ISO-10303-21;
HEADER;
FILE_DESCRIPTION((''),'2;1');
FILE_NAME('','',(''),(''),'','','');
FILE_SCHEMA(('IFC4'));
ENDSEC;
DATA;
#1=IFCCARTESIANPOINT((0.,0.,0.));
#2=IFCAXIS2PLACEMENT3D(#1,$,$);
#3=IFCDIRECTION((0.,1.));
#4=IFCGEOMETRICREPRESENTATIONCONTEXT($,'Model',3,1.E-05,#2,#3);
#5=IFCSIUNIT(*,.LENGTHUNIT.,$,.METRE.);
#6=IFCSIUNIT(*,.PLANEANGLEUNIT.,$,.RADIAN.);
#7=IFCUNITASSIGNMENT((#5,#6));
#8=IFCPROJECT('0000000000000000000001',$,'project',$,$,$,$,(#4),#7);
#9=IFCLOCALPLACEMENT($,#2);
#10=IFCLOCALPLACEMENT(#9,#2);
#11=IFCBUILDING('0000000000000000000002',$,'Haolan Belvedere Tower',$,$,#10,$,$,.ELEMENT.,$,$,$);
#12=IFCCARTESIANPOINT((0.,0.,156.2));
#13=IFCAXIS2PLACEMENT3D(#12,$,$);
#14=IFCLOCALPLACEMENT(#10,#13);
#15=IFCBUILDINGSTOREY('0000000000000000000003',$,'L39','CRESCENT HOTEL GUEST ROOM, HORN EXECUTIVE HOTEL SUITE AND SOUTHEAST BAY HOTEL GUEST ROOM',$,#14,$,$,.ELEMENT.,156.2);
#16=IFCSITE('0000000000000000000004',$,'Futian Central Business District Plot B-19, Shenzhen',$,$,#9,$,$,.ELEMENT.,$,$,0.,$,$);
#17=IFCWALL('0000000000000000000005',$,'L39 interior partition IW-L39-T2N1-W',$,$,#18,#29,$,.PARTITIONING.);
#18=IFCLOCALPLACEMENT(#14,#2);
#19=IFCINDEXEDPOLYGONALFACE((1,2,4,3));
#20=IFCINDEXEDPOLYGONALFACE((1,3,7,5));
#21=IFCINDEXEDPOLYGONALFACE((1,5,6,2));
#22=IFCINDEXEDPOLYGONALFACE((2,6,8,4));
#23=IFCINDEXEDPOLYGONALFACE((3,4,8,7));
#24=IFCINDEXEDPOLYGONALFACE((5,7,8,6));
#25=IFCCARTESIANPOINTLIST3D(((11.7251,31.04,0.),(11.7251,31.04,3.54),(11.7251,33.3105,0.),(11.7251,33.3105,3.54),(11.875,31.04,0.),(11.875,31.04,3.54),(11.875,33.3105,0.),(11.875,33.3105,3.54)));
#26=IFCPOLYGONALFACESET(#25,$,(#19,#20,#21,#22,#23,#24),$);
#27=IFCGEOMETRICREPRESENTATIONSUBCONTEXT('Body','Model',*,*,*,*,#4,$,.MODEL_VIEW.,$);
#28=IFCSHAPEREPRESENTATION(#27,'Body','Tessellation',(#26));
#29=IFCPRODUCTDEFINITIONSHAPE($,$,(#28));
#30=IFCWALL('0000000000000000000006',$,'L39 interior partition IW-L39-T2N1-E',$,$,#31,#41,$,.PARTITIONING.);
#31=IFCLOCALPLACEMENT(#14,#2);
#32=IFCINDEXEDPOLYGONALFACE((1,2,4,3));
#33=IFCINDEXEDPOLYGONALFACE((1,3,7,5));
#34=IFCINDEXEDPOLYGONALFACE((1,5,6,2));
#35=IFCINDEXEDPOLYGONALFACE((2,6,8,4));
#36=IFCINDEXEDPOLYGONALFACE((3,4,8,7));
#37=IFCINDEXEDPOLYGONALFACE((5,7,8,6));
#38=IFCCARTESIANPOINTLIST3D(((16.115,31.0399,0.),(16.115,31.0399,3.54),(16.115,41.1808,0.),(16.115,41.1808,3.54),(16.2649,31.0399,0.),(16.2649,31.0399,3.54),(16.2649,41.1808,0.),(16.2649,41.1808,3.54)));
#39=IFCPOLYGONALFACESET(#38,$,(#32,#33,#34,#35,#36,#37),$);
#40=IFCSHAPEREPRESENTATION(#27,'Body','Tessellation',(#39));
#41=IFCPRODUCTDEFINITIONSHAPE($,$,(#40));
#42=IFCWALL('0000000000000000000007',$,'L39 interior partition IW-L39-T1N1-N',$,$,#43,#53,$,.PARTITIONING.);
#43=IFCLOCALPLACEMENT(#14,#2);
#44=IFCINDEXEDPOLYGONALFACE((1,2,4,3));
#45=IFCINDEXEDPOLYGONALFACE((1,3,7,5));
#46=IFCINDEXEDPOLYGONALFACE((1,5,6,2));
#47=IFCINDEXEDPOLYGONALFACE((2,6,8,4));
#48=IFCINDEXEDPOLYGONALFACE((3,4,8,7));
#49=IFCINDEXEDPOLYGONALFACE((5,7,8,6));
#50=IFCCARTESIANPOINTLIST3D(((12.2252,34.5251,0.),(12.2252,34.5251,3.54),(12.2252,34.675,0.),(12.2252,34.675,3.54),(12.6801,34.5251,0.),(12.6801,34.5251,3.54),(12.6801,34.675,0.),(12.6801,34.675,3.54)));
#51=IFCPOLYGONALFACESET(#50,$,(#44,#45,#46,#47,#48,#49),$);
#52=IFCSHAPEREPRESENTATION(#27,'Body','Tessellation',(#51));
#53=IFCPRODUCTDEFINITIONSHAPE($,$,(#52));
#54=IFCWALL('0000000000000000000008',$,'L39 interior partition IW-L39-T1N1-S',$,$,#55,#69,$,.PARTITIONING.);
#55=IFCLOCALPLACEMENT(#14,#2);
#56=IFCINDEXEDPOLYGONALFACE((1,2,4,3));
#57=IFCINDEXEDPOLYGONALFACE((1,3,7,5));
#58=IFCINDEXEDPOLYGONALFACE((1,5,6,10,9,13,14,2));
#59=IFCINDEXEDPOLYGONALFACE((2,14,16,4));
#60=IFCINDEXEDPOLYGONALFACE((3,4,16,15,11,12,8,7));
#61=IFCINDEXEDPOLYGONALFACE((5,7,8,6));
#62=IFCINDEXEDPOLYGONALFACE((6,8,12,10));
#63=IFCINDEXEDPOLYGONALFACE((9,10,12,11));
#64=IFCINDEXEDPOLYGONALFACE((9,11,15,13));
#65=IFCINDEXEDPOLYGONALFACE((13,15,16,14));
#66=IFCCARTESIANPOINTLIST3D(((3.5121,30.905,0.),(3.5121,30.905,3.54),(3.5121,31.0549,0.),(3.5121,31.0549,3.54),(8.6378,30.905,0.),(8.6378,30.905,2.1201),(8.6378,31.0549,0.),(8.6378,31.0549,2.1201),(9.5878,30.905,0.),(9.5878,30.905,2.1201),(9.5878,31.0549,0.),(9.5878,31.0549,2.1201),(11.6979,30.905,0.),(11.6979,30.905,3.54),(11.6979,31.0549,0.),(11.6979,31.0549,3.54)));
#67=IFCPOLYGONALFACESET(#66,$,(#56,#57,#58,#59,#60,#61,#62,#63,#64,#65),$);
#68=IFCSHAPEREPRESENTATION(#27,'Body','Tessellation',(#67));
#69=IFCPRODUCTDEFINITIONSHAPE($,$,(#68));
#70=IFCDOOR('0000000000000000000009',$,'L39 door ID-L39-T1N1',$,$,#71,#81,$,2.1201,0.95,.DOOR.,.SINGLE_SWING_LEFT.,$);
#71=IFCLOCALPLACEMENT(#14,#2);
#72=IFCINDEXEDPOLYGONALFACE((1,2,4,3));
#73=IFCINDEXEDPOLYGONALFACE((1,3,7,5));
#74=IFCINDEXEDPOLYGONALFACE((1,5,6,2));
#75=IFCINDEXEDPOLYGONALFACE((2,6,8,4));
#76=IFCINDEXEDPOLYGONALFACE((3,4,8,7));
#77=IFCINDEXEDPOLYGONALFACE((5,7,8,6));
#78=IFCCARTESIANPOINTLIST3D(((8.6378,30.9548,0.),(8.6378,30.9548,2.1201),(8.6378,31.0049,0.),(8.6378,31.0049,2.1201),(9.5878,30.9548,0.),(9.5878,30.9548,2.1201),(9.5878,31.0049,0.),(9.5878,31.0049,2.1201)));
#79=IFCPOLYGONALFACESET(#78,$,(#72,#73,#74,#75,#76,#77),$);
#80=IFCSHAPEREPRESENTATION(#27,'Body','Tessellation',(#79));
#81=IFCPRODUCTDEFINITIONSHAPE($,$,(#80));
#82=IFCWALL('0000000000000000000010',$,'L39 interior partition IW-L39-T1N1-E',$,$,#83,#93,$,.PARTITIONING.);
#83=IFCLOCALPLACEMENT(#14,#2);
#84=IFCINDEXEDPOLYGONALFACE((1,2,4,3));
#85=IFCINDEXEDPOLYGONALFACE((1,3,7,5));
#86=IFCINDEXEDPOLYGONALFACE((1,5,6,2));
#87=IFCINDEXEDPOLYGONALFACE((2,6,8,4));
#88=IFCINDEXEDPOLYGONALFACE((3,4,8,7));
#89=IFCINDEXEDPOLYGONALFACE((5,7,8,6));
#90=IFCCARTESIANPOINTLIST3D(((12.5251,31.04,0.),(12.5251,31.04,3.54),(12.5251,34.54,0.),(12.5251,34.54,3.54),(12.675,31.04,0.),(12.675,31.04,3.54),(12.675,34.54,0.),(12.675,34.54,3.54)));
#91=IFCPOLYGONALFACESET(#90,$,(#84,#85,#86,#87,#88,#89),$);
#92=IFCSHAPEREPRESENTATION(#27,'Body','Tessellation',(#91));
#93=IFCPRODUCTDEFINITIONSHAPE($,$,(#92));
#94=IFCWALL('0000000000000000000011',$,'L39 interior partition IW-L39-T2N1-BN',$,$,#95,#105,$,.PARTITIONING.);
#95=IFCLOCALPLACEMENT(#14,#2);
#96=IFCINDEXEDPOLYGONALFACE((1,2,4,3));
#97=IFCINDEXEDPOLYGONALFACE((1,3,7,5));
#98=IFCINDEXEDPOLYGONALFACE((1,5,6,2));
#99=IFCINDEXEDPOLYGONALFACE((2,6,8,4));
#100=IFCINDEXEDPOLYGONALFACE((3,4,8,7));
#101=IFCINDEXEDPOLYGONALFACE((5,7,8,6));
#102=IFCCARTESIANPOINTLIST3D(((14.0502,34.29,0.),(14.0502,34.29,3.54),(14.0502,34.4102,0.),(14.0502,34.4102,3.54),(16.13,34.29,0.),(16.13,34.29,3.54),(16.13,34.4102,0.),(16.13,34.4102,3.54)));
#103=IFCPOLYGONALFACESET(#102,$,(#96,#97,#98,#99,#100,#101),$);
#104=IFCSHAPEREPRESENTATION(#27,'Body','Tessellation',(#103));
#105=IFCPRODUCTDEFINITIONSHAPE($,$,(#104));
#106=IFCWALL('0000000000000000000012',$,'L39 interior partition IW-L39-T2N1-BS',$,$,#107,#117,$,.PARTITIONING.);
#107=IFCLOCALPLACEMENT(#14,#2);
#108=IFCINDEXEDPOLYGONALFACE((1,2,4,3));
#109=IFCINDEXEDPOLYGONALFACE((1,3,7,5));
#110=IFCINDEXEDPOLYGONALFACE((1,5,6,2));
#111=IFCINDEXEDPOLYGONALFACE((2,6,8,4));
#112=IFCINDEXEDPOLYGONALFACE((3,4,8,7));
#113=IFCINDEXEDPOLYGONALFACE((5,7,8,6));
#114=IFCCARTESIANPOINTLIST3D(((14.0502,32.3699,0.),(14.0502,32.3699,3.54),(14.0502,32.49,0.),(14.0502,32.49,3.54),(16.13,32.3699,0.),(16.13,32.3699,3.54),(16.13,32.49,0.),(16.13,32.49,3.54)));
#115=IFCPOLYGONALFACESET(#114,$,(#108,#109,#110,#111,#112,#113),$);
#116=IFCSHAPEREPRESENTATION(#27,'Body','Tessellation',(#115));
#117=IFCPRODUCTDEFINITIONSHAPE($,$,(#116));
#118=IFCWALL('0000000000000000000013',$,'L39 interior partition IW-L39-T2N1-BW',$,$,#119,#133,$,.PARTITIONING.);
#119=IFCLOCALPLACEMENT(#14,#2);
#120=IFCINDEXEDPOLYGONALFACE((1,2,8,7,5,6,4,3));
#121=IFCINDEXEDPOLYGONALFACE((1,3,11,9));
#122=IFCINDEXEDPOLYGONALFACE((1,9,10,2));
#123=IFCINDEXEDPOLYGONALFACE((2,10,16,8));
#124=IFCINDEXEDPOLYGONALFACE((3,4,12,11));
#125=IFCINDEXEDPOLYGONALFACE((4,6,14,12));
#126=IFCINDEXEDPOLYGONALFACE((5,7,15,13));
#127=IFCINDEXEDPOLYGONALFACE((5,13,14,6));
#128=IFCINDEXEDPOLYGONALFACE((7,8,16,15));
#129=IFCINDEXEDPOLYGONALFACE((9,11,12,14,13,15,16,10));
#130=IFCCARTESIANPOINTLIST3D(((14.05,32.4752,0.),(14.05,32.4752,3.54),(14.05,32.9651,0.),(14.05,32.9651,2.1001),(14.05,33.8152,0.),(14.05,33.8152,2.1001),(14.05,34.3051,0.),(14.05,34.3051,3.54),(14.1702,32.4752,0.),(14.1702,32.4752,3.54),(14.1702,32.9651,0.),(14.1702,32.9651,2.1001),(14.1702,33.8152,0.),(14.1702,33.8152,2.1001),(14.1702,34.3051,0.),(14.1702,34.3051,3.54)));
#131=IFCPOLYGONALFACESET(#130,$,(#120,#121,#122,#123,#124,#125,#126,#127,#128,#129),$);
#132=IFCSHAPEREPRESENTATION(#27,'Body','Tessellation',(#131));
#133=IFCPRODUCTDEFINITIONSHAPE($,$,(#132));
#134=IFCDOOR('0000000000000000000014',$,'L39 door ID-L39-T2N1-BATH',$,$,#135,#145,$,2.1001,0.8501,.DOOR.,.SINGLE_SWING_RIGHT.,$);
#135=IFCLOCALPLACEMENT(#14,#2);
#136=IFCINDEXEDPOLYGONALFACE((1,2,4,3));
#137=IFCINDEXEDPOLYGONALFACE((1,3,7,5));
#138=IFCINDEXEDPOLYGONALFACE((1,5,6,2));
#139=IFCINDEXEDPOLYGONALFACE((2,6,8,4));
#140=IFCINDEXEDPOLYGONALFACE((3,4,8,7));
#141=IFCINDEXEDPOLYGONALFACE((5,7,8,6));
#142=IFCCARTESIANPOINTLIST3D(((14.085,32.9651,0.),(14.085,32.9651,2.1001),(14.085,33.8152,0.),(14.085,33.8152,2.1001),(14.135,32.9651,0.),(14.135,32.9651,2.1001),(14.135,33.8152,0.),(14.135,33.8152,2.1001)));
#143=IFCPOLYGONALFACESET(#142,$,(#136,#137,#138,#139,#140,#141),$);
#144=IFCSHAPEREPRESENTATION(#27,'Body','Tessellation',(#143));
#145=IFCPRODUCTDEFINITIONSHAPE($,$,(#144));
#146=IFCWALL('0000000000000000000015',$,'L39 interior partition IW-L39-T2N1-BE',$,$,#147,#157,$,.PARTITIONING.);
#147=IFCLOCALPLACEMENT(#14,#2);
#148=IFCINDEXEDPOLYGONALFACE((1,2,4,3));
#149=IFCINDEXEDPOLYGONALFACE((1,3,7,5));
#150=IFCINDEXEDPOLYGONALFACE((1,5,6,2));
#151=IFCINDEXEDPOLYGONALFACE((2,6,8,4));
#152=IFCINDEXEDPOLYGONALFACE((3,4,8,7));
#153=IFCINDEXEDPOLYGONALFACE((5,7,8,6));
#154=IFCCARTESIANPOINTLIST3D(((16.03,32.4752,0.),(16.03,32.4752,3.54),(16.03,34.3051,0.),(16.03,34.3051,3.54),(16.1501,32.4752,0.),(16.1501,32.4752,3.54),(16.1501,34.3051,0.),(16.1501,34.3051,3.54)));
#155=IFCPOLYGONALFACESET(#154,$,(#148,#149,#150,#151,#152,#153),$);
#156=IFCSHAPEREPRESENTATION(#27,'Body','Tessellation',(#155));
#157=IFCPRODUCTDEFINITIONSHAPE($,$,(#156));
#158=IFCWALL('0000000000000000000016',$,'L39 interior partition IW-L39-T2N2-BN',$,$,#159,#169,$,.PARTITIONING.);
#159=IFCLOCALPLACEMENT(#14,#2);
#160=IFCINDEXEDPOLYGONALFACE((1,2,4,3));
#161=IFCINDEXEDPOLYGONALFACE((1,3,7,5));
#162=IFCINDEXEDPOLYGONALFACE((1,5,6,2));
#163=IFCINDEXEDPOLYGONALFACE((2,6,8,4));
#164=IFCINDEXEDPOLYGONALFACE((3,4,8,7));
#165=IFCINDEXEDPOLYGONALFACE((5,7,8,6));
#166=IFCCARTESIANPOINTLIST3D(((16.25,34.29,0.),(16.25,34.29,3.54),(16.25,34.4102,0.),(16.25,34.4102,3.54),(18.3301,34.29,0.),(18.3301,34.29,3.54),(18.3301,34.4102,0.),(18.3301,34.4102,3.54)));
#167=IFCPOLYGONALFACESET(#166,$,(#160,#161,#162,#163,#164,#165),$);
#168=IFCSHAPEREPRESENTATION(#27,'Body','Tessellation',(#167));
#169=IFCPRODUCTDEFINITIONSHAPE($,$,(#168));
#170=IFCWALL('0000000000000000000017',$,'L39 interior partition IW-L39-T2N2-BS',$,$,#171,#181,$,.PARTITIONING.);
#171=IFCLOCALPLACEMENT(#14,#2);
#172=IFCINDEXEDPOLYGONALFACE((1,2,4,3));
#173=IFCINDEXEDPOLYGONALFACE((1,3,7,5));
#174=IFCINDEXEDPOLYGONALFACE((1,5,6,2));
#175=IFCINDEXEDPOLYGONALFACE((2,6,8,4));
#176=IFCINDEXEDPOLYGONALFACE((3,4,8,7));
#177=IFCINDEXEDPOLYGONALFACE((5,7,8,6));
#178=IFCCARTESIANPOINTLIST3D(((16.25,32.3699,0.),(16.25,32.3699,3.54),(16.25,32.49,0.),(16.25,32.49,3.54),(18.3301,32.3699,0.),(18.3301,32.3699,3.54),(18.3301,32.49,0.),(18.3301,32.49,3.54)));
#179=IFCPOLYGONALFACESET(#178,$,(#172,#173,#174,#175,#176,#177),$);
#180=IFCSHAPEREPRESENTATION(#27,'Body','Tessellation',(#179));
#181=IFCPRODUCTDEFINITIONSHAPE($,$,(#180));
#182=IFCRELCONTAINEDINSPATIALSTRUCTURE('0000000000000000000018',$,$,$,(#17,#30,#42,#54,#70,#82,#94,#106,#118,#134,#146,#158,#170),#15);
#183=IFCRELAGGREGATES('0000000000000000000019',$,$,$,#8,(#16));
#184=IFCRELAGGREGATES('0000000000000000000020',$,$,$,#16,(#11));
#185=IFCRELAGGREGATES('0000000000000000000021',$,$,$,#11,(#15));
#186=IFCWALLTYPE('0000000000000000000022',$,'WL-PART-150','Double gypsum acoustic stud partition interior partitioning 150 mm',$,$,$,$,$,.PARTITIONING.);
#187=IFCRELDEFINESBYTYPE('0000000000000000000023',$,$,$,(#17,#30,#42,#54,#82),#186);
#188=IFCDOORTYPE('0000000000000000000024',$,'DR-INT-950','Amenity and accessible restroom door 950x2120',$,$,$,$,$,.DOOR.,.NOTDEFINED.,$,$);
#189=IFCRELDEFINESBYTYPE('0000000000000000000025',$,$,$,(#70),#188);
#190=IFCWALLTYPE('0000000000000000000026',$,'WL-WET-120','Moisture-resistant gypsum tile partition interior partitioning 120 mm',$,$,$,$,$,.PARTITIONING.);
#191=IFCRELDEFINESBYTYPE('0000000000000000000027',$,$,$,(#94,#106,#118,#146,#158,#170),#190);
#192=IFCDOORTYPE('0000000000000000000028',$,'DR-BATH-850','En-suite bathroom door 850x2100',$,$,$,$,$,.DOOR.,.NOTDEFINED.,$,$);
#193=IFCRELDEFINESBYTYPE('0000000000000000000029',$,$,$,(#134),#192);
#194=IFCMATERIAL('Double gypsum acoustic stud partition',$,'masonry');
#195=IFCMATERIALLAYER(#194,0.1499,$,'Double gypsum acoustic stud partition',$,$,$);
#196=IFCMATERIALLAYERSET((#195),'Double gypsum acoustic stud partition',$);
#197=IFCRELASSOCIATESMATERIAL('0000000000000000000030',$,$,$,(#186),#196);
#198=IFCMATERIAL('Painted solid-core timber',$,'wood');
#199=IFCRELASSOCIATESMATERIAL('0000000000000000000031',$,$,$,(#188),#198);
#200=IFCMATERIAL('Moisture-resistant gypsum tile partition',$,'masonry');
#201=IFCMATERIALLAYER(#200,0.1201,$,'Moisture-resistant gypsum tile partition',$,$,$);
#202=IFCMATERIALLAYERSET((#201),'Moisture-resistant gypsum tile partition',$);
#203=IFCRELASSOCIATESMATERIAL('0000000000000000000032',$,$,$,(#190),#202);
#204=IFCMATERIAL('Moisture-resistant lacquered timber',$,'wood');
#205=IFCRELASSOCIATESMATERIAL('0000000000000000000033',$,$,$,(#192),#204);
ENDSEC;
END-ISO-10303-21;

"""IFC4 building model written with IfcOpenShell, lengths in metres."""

from ifc_helpers import new_model, si_unit, direction, frame, frame_2d, origin, place, context, subcontext, project, spatial, rectangle, extrude, material, layer, layer_set, type_object, element, fill, save


model = new_model("IFC4")

# Units and contexts
model_context = context("Model", 3, precision=1e-05, world=origin(), true_north=direction((0.0, 1.0)))
body_context = subcontext(model_context, "Body", "Model", "MODEL_VIEW")
ifc_project = project(units=[si_unit("LENGTHUNIT", "METRE"), si_unit("PLANEANGLEUNIT", "RADIAN")], contexts=[model_context])

# Site, building, storey
site_placement = place(None, origin())
site = spatial("IfcSite", under=ifc_project, at=site_placement, Name="Futian Central Business District Plot B-19, Shenzhen", CompositionType="ELEMENT", RefElevation=0.0)
building_placement = place(site_placement, origin())
building = spatial("IfcBuilding", under=site, at=building_placement, Name="Haolan Belvedere Tower", CompositionType="ELEMENT")
storey_placement = place(building_placement, frame((0.0, 0.0, 156.2)))
storey = spatial("IfcBuildingStorey", under=building, at=storey_placement, Name="L39", Description="CRESCENT HOTEL GUEST ROOM, HORN EXECUTIVE HOTEL SUITE AND SOUTHEAST BAY HOTEL GUEST ROOM", CompositionType="ELEMENT", Elevation=156.2)

# Shared definitions
ifc_material_1 = material(Name="Double gypsum acoustic stud partition", Category="masonry")
ifc_layer_1 = layer(ifc_material_1, 0.1499, Name="Double gypsum acoustic stud partition")
ifc_layer_set_1 = layer_set([ifc_layer_1], Name="Double gypsum acoustic stud partition")
wall_type_1 = type_object("IfcWallType", Name="WL-PART-150", Description="Double gypsum acoustic stud partition interior partitioning 150 mm", PredefinedType="PARTITIONING", material=ifc_layer_set_1)

# Walls
wall_1_placement = place(storey_placement, frame((11.8, 31.04, 0.0), z_axis=(0.0, 0.0, 1.0), x_axis=(0.0, 1.0, 0.0)))
element("IfcWall", 1, at=wall_1_placement, inside=storey, type_object=wall_type_1, Name="L39 interior partition IW-L39-T2N1-W", PredefinedType="PARTITIONING", context=body_context, shape_type="SweptSolid", body=[
    extrude(rectangle(XDim=2.2705, YDim=0.1499, at=frame_2d((1.1353, 0.0))), origin(), (0.0, 0.0, 1.0), 3.54),
])
wall_2_placement = place(storey_placement, frame((16.1899, 31.04, 0.0), z_axis=(0.0, 0.0, 1.0), x_axis=(0.0, 1.0, 0.0)))
element("IfcWall", 2, at=wall_2_placement, inside=storey, type_object=wall_type_1, Name="L39 interior partition IW-L39-T2N1-E", PredefinedType="PARTITIONING", context=body_context, shape_type="SweptSolid", body=[
    extrude(rectangle(XDim=10.1409, YDim=0.1499, at=frame_2d((5.0703, 0.0))), origin(), (0.0, 0.0, 1.0), 3.54),
])

# Wall
wall_3_placement = place(storey_placement, frame((12.2251, 34.6001, 0.0), z_axis=(0.0, 0.0, 1.0), x_axis=(1.0, 0.0, 0.0)))
element("IfcWall", 3, at=wall_3_placement, inside=storey, type_object=wall_type_1, Name="L39 interior partition IW-L39-T1N1-N", PredefinedType="PARTITIONING", context=body_context, shape_type="SweptSolid", body=[
    extrude(rectangle(XDim=0.4548, YDim=0.1499, at=frame_2d((0.2275, 0.0))), origin(), (0.0, 0.0, 1.0), 3.54),
])

# Wall, opening, door
wall_4_placement = place(storey_placement, frame((3.5122, 30.98, 0.0), z_axis=(0.0, 0.0, 1.0), x_axis=(1.0, 0.0, 0.0)))
wall_4 = element("IfcWall", 4, at=wall_4_placement, inside=storey, type_object=wall_type_1, Name="L39 interior partition IW-L39-T1N1-S", PredefinedType="PARTITIONING", context=body_context, shape_type="SweptSolid", body=[
    extrude(rectangle(XDim=8.1858, YDim=0.1499, at=frame_2d((4.0928, 0.0))), origin(), (0.0, 0.0, 1.0), 3.54),
])
opening_1_placement = place(wall_4_placement, frame((5.1255, 0.0, 0.0)))
opening_1 = element("IfcOpeningElement", 5, at=opening_1_placement, cuts=wall_4, PredefinedType="OPENING", context=body_context, shape_type="SweptSolid", body=[
    extrude(rectangle(XDim=0.95, YDim=2.1201, at=frame_2d((0.4751, 1.0601))), frame((0.0, 0.085, 0.0), z_axis=(0.0, -1.0, 0.0), x_axis=(1.0, 0.0, 0.0)), (0.0, 0.0, 1.0), 0.1699),
])
ifc_material_2 = material(Name="Painted solid-core timber", Category="wood")
door_type_1 = type_object("IfcDoorType", Name="DR-INT-950", Description="Amenity and accessible restroom door 950x2120", OperationType="NOTDEFINED", PredefinedType="DOOR", material=ifc_material_2)
door_1_placement = place(opening_1_placement, origin())
door_1 = element("IfcDoor", 6, at=door_1_placement, inside=storey, type_object=door_type_1, Name="L39 door ID-L39-T1N1", OperationType="SINGLE_SWING_LEFT", OverallHeight=2.1201, OverallWidth=0.95, PredefinedType="DOOR", context=body_context, shape_type="SweptSolid", body=[
    extrude(rectangle(XDim=0.95, YDim=2.1201, at=frame_2d((0.4751, 1.0601))), frame((0.0, 0.0249, 0.0), z_axis=(0.0, -1.0, 0.0), x_axis=(1.0, 0.0, 0.0)), (0.0, 0.0, 1.0), 0.05),
])
fill(opening_1, door_1)

# Walls
wall_5_placement = place(storey_placement, frame((12.6001, 31.04, 0.0), z_axis=(0.0, 0.0, 1.0), x_axis=(0.0, 1.0, 0.0)))
element("IfcWall", 7, at=wall_5_placement, inside=storey, type_object=wall_type_1, Name="L39 interior partition IW-L39-T1N1-E", PredefinedType="PARTITIONING", context=body_context, shape_type="SweptSolid", body=[
    extrude(rectangle(XDim=3.5, YDim=0.1499, at=frame_2d((1.75, 0.0))), origin(), (0.0, 0.0, 1.0), 3.54),
])
ifc_material_3 = material(Name="Moisture-resistant gypsum tile partition", Category="masonry")
ifc_layer_2 = layer(ifc_material_3, 0.1201, Name="Moisture-resistant gypsum tile partition")
ifc_layer_set_2 = layer_set([ifc_layer_2], Name="Moisture-resistant gypsum tile partition")
wall_type_2 = type_object("IfcWallType", Name="WL-WET-120", Description="Moisture-resistant gypsum tile partition interior partitioning 120 mm", PredefinedType="PARTITIONING", material=ifc_layer_set_2)
for number, where, z_axis, x_axis, name in (
    (8, (14.05, 34.3501, 0.0), (0.0, 0.0, 1.0), (1.0, 0.0, 0.0), "L39 interior partition IW-L39-T2N1-BN"),
    (9, (14.05, 32.4299, 0.0), (0.0, 0.0, 1.0), (1.0, 0.0, 0.0), "L39 interior partition IW-L39-T2N1-BS"),
):
    element("IfcWall", number, at=place(storey_placement, frame(where, z_axis=z_axis, x_axis=x_axis)), inside=storey, type_object=wall_type_2, Name=name, PredefinedType="PARTITIONING", context=body_context, shape_type="SweptSolid", body=[
        extrude(rectangle(XDim=2.0798, YDim=0.1201, at=frame_2d((1.04, 0.0))), origin(), (0.0, 0.0, 1.0), 3.54),
    ])

# Wall, opening, door
wall_6_placement = place(storey_placement, frame((14.1101, 32.4751, 0.0), z_axis=(0.0, 0.0, 1.0), x_axis=(0.0, 1.0, 0.0)))
wall_6 = element("IfcWall", 10, at=wall_6_placement, inside=storey, type_object=wall_type_2, Name="L39 interior partition IW-L39-T2N1-BW", PredefinedType="PARTITIONING", context=body_context, shape_type="SweptSolid", body=[
    extrude(rectangle(XDim=1.8298, YDim=0.1201, at=frame_2d((0.915, 0.0))), origin(), (0.0, 0.0, 1.0), 3.54),
])
opening_2_placement = place(wall_6_placement, frame((1.3401, 0.0, 0.0), z_axis=(0.0, 0.0, 1.0), x_axis=(-1.0, 0.0, 0.0)))
opening_2 = element("IfcOpeningElement", 11, at=opening_2_placement, cuts=wall_6, PredefinedType="OPENING", context=body_context, shape_type="SweptSolid", body=[
    extrude(rectangle(XDim=0.8501, YDim=2.1001, at=frame_2d((0.425, 1.05))), frame((0.0, 0.0701, 0.0), z_axis=(0.0, -1.0, 0.0), x_axis=(1.0, 0.0, 0.0)), (0.0, 0.0, 1.0), 0.1401),
])
ifc_material_4 = material(Name="Moisture-resistant lacquered timber", Category="wood")
door_type_2 = type_object("IfcDoorType", Name="DR-BATH-850", Description="En-suite bathroom door 850x2100", OperationType="NOTDEFINED", PredefinedType="DOOR", material=ifc_material_4)
door_2_placement = place(opening_2_placement, origin())
door_2 = element("IfcDoor", 12, at=door_2_placement, inside=storey, type_object=door_type_2, Name="L39 door ID-L39-T2N1-BATH", OperationType="SINGLE_SWING_RIGHT", OverallHeight=2.1001, OverallWidth=0.8501, PredefinedType="DOOR", context=body_context, shape_type="SweptSolid", body=[
    extrude(rectangle(XDim=0.8501, YDim=2.1001, at=frame_2d((0.425, 1.05))), frame((0.0, 0.0249, 0.0), z_axis=(0.0, -1.0, 0.0), x_axis=(1.0, 0.0, 0.0)), (0.0, 0.0, 1.0), 0.05),
])
fill(opening_2, door_2)

# Walls
wall_7_placement = place(storey_placement, frame((16.0901, 32.4751, 0.0), z_axis=(0.0, 0.0, 1.0), x_axis=(0.0, 1.0, 0.0)))
element("IfcWall", 13, at=wall_7_placement, inside=storey, type_object=wall_type_2, Name="L39 interior partition IW-L39-T2N1-BE", PredefinedType="PARTITIONING", context=body_context, shape_type="SweptSolid", body=[
    extrude(rectangle(XDim=1.8298, YDim=0.1201, at=frame_2d((0.915, 0.0))), origin(), (0.0, 0.0, 1.0), 3.54),
])
for number, where, z_axis, x_axis, name in (
    (14, (16.25, 34.3501, 0.0), (0.0, 0.0, 1.0), (1.0, 0.0, 0.0), "L39 interior partition IW-L39-T2N2-BN"),
    (15, (16.25, 32.4299, 0.0), (0.0, 0.0, 1.0), (1.0, 0.0, 0.0), "L39 interior partition IW-L39-T2N2-BS"),
):
    element("IfcWall", number, at=place(storey_placement, frame(where, z_axis=z_axis, x_axis=x_axis)), inside=storey, type_object=wall_type_2, Name=name, PredefinedType="PARTITIONING", context=body_context, shape_type="SweptSolid", body=[
        extrude(rectangle(XDim=2.0801, YDim=0.1201, at=frame_2d((1.04, 0.0))), origin(), (0.0, 0.0, 1.0), 3.54),
    ])

save(model, "model.ifc")
